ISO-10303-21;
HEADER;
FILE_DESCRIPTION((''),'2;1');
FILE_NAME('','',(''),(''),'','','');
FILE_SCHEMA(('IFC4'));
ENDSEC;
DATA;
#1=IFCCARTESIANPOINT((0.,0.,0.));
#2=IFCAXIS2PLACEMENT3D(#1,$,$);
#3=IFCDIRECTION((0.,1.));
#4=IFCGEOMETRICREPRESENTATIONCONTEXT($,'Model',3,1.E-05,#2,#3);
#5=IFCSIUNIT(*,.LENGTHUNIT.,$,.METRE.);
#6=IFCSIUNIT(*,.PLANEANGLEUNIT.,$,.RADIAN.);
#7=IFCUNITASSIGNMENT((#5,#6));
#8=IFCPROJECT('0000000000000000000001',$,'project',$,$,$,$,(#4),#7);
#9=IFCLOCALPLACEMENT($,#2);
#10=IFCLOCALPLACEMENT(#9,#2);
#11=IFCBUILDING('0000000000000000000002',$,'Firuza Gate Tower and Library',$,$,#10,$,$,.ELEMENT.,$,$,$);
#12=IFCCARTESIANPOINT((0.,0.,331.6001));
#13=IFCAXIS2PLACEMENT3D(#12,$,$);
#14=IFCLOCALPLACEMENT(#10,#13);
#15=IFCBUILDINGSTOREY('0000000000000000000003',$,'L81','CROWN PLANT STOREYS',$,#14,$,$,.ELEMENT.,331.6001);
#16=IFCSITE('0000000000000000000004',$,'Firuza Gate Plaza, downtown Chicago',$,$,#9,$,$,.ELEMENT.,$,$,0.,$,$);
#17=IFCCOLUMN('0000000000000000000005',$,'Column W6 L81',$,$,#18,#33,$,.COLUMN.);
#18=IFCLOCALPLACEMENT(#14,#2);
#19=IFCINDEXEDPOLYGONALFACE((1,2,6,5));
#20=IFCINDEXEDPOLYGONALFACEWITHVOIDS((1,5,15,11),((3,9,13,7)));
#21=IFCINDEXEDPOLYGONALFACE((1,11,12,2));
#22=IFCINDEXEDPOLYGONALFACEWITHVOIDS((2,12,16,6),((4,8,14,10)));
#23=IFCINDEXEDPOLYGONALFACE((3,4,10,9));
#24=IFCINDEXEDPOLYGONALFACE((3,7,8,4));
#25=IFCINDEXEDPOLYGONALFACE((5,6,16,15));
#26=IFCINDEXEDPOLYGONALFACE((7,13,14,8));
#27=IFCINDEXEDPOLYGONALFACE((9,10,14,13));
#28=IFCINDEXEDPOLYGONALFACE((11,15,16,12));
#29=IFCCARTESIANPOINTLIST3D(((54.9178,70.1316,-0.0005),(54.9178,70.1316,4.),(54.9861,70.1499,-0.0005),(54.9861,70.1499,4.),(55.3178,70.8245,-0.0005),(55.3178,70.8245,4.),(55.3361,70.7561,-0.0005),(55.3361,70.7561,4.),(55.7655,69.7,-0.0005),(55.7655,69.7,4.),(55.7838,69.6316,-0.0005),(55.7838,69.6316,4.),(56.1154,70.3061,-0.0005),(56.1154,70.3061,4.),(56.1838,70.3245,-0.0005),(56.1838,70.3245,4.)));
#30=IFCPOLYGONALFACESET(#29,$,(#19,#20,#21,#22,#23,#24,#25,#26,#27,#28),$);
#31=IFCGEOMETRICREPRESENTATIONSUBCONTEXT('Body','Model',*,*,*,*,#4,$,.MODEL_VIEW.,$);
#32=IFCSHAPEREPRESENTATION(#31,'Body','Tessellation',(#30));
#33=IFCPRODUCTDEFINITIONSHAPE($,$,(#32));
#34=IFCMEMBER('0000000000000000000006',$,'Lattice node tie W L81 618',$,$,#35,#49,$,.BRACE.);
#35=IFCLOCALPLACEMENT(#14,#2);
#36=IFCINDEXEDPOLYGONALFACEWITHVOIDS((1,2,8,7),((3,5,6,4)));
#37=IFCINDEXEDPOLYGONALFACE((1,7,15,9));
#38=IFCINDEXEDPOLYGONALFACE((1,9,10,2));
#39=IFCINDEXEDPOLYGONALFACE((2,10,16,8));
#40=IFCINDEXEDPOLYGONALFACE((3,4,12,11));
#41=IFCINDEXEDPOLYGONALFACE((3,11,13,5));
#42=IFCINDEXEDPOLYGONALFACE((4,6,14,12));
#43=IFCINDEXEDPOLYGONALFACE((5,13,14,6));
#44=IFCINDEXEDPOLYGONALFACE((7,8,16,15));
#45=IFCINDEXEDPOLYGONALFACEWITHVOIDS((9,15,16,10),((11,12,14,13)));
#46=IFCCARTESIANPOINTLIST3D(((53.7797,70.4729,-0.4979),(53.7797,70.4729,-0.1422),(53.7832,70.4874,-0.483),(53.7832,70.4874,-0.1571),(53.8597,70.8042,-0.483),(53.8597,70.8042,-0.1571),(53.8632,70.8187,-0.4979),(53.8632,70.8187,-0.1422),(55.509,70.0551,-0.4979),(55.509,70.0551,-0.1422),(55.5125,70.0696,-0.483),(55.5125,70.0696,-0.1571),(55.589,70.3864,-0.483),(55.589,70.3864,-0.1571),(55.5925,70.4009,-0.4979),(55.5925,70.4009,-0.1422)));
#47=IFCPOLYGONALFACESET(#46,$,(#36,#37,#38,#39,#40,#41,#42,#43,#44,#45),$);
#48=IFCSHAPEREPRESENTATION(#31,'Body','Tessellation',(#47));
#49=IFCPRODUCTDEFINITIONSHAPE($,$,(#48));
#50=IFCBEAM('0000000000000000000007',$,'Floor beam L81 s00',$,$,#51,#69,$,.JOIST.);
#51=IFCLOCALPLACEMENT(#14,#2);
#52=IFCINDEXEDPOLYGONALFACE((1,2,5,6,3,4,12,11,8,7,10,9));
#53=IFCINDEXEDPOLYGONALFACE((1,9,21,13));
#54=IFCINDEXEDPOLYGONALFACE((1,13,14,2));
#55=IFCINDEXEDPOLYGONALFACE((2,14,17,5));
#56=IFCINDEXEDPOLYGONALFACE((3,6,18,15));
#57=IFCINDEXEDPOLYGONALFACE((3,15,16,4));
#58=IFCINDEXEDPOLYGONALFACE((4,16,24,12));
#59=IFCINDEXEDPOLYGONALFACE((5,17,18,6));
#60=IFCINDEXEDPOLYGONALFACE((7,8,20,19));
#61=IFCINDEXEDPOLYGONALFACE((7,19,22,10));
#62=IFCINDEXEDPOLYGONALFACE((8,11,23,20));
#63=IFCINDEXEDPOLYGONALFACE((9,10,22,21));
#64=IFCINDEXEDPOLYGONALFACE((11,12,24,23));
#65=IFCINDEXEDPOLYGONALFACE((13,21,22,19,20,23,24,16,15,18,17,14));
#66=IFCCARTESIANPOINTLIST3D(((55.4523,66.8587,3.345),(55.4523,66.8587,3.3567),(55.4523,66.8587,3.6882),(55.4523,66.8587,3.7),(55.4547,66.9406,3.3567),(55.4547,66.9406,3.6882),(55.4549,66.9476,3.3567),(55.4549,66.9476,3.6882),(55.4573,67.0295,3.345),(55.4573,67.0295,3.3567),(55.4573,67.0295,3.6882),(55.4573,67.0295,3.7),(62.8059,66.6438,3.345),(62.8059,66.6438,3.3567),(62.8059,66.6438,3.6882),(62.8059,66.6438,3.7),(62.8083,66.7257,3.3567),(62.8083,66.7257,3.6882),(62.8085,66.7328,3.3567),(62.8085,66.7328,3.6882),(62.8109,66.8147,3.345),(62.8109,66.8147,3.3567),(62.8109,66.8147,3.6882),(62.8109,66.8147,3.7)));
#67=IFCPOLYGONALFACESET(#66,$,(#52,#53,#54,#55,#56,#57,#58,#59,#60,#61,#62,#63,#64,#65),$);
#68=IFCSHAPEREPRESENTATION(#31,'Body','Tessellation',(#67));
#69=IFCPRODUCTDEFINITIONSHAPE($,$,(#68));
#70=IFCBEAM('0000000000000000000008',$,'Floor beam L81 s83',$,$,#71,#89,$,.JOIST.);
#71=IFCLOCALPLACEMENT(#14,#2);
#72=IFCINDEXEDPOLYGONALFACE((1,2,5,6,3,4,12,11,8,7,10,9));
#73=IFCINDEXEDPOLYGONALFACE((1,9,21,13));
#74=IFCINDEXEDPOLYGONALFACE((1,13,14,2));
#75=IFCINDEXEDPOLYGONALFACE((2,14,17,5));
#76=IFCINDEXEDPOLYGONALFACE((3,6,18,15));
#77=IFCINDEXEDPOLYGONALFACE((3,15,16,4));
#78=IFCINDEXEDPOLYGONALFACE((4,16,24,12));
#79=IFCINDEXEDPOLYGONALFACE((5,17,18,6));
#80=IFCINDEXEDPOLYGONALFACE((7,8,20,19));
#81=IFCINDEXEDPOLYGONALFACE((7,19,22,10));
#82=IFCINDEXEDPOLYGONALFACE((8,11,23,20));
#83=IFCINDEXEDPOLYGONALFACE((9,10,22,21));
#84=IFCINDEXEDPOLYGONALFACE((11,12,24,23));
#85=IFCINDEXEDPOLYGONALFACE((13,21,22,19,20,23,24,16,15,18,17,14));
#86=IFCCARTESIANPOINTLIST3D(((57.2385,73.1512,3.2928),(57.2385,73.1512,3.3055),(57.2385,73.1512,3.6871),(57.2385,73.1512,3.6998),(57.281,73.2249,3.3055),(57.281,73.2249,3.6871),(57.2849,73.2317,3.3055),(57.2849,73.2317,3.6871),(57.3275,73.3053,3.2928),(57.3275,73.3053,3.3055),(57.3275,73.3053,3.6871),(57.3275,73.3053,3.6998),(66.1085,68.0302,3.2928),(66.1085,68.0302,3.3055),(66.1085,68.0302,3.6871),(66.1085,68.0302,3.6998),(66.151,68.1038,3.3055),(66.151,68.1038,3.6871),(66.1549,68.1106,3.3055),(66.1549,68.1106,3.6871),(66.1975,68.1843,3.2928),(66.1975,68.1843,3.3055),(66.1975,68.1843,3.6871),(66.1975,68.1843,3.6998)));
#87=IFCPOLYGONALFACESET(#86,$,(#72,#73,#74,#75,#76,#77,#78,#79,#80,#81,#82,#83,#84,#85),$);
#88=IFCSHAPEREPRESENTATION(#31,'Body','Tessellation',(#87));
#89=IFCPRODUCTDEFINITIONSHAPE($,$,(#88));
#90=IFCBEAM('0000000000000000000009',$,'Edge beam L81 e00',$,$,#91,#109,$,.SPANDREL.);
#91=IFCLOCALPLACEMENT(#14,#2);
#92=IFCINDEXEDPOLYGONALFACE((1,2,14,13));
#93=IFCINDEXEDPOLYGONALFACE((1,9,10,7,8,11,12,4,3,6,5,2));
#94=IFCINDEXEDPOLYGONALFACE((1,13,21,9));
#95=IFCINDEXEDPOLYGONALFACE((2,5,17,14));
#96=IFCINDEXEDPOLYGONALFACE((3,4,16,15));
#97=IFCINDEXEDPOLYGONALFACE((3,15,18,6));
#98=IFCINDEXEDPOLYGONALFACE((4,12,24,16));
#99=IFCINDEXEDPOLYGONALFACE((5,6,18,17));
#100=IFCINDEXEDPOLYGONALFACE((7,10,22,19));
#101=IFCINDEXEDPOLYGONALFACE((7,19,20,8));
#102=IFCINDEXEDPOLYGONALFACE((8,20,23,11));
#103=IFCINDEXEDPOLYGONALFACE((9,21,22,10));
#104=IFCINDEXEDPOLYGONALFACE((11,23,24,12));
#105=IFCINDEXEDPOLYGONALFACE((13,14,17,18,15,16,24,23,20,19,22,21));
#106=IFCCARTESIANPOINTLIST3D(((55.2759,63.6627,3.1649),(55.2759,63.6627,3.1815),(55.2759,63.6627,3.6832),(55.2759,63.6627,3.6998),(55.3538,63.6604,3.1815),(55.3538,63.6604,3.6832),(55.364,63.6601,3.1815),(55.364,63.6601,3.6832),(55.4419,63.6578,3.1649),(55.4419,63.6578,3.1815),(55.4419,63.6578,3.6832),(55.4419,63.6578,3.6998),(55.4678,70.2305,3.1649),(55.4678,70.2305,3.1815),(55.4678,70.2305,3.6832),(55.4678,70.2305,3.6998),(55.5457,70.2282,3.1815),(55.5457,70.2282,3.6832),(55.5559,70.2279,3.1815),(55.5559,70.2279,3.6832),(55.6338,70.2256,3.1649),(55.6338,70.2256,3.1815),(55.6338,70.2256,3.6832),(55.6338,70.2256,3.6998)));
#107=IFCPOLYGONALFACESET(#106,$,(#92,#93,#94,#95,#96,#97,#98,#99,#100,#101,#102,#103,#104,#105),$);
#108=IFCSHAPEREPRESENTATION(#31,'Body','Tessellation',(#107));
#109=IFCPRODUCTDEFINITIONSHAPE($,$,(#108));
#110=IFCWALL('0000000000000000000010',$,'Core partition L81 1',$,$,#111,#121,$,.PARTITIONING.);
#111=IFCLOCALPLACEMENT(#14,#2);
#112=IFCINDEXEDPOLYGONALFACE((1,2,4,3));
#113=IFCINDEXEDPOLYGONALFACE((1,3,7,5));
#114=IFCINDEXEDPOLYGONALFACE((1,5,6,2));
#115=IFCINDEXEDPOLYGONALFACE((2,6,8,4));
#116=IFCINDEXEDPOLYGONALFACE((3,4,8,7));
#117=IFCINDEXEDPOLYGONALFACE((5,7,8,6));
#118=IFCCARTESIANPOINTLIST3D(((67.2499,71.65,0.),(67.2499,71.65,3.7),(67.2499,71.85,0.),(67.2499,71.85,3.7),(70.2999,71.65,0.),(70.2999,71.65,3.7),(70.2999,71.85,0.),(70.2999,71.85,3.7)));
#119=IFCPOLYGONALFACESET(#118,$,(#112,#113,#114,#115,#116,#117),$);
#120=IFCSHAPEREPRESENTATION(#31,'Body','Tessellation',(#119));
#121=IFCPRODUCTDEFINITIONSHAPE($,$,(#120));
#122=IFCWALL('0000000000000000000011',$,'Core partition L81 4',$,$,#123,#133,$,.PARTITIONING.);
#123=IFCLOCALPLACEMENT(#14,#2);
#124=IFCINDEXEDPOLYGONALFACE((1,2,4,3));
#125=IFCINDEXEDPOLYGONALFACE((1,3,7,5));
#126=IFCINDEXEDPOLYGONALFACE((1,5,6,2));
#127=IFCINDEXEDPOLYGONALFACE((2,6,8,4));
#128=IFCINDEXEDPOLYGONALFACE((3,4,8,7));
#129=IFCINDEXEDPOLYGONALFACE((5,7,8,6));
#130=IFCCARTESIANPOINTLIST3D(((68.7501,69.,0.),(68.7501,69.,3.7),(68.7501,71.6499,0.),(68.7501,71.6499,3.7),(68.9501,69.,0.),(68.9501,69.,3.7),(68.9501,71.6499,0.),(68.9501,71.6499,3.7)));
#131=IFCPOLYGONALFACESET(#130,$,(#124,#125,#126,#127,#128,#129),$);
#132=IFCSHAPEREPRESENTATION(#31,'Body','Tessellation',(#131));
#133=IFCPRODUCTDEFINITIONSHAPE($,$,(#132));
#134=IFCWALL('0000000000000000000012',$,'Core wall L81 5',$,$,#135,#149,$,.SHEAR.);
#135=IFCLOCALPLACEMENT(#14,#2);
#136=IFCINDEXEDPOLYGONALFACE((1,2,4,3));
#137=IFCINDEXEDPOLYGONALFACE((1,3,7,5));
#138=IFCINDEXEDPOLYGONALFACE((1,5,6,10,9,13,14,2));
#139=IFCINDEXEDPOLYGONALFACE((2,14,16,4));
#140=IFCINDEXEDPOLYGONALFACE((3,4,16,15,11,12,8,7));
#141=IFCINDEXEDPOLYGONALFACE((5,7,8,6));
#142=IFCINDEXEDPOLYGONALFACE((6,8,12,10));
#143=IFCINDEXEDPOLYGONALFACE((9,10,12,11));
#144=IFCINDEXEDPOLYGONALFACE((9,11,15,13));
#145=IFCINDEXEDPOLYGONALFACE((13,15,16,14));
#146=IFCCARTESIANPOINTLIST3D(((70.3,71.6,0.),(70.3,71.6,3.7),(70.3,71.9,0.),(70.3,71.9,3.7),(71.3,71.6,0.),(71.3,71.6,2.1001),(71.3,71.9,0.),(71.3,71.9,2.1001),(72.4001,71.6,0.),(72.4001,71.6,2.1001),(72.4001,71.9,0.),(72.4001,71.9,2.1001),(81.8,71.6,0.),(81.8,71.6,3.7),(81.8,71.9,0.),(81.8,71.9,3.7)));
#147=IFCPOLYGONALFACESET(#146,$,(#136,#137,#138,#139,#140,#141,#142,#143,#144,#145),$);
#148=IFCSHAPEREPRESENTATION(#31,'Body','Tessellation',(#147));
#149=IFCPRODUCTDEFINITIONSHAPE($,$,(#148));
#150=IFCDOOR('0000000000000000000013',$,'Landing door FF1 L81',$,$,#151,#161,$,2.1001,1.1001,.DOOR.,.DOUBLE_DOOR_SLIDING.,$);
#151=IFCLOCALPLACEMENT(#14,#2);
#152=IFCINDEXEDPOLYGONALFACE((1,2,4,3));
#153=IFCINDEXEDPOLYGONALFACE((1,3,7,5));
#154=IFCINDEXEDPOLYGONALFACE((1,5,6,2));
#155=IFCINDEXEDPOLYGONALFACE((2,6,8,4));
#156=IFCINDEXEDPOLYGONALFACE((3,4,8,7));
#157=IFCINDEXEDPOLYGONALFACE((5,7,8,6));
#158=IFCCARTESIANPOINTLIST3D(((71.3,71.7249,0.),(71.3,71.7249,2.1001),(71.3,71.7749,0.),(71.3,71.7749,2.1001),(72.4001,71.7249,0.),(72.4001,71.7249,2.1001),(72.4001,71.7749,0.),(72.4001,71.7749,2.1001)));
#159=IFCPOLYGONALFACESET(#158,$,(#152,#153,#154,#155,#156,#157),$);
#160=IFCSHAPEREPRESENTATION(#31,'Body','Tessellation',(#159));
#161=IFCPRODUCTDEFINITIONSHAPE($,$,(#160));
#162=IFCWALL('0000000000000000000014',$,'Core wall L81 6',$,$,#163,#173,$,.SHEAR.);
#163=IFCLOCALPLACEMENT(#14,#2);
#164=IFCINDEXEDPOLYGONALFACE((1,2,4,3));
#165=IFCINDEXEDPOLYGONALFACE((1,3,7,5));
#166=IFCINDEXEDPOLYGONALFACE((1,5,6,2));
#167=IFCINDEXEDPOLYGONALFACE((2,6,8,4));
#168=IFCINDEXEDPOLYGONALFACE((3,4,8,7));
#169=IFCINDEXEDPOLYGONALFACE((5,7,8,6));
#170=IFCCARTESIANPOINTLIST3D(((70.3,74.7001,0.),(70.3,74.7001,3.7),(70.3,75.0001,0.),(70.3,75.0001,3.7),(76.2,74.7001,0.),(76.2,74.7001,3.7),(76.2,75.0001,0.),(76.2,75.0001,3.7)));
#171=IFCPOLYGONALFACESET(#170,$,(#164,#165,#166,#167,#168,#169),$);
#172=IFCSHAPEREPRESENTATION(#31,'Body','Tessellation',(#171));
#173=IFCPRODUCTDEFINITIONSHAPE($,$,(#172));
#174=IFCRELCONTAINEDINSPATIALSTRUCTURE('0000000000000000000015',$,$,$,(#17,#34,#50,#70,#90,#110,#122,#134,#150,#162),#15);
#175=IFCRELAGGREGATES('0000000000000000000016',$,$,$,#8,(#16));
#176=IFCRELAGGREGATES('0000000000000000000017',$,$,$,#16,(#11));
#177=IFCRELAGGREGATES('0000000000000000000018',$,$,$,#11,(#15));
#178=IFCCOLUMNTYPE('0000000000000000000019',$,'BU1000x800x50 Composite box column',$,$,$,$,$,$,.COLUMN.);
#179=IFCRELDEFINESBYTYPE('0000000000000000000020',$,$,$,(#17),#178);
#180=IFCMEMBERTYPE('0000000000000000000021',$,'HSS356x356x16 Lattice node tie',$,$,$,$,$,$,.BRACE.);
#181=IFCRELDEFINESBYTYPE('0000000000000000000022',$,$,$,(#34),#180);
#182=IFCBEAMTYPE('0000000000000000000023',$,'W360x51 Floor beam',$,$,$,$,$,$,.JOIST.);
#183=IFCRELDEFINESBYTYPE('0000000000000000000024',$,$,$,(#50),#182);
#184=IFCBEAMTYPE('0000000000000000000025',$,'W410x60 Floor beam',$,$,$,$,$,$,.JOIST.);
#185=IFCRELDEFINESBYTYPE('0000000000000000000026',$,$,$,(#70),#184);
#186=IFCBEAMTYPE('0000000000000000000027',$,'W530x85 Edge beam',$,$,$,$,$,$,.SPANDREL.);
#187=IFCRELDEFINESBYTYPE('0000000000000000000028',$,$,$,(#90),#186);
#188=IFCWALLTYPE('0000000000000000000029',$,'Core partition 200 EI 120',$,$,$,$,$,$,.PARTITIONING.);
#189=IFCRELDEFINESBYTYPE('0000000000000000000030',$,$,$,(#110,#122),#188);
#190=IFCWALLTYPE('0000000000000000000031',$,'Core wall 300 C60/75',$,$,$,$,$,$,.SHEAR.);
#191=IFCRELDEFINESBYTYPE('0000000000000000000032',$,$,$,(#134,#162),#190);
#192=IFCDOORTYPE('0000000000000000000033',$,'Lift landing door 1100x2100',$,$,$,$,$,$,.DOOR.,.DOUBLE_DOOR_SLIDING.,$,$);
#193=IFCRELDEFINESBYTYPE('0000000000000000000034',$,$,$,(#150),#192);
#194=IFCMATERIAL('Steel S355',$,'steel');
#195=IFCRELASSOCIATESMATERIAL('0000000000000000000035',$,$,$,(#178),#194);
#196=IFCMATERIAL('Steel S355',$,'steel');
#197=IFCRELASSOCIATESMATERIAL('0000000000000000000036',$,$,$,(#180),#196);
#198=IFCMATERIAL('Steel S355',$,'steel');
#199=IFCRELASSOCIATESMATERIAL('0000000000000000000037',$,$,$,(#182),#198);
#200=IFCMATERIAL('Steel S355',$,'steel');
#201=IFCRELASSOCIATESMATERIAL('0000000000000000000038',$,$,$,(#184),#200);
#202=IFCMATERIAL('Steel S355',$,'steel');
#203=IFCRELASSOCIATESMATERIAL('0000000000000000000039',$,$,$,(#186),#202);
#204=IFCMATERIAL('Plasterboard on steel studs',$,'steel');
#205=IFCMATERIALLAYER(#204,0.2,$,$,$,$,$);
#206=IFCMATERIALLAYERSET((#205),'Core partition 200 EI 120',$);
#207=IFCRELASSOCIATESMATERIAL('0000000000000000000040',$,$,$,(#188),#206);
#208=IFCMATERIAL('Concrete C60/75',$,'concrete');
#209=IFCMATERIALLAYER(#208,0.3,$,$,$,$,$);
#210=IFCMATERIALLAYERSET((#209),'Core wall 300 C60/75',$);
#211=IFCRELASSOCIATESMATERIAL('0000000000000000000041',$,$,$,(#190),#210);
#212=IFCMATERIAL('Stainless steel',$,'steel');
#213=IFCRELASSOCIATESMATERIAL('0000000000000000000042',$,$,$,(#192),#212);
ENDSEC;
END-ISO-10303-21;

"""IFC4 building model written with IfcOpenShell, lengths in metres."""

from ifc_helpers import new_model, si_unit, direction, frame, frame_2d, origin, origin_2d, place, context, subcontext, project, spatial, rectangle, hollow_rectangle, i_section, extrude, material, layer, layer_set, material_profile, profile_set, type_object, element, fill, save


model = new_model("IFC4")

# Units and contexts
model_context = context("Model", 3, precision=1e-05, world=origin(), true_north=direction((0.0, 1.0)))
body_context = subcontext(model_context, "Body", "Model", "MODEL_VIEW")
ifc_project = project(units=[si_unit("LENGTHUNIT", "METRE"), si_unit("PLANEANGLEUNIT", "RADIAN")], contexts=[model_context])

# Site, building, storey
site_placement = place(None, origin())
site = spatial("IfcSite", under=ifc_project, at=site_placement, Name="Firuza Gate Plaza, downtown Chicago", CompositionType="ELEMENT", RefElevation=0.0)
building_placement = place(site_placement, origin())
building = spatial("IfcBuilding", under=site, at=building_placement, Name="Firuza Gate Tower and Library", CompositionType="ELEMENT")
storey_placement = place(building_placement, frame((0.0, 0.0, 331.6001)))
storey = spatial("IfcBuildingStorey", under=building, at=storey_placement, Name="L81", Description="CROWN PLANT STOREYS", CompositionType="ELEMENT", Elevation=331.6001)

# Column
ifc_material_1 = material(Name="Steel S355", Category="steel")
ifc_material_profile_1 = material_profile(ifc_material_1, hollow_rectangle(XDim=0.8, YDim=1.0, WallThickness=0.05, at=origin_2d()))
ifc_profile_set_1 = profile_set([ifc_material_profile_1], Name="Steel S355")
column_type = type_object("IfcColumnType", Name="BU1000x800x50 Composite box column", PredefinedType="COLUMN", material=ifc_profile_set_1)
column_placement = place(storey_placement, frame((55.5508, 70.228, -0.0005), z_axis=(0.0, 0.0, 1.0), x_axis=(-0.5, -0.866025, 0.0)))
element("IfcColumn", 1, at=column_placement, inside=storey, type_object=column_type, Name="Column W6 L81", PredefinedType="COLUMN", context=body_context, shape_type="SweptSolid", body=[
    extrude(hollow_rectangle(XDim=0.8, YDim=1.0, WallThickness=0.05, at=origin_2d()), origin(), (0.0, 0.0, 1.0), 4.0005),
])

# Member
ifc_material_2 = material(Name="Steel S355", Category="steel")
ifc_material_profile_2 = material_profile(ifc_material_2, hollow_rectangle(XDim=0.3557, YDim=0.3557, WallThickness=0.0149, at=origin_2d()))
ifc_profile_set_2 = profile_set([ifc_material_profile_2], Name="Steel S355")
member_type = type_object("IfcMemberType", Name="HSS356x356x16 Lattice node tie", PredefinedType="BRACE", material=ifc_profile_set_2)
member_placement = place(storey_placement, frame((55.5508, 70.228, -0.3201), z_axis=(-0.972041, 0.23481, 0.0), x_axis=(-0.23481, -0.972041, 0.0)))
element("IfcMember", 2, at=member_placement, inside=storey, type_object=member_type, Name="Lattice node tie W L81 618", PredefinedType="BRACE", context=body_context, shape_type="SweptSolid", body=[
    extrude(hollow_rectangle(XDim=0.3557, YDim=0.3557, WallThickness=0.0149, at=origin_2d()), origin(), (0.0, 0.0, 1.0), 1.7791),
])

# Beams
ifc_material_3 = material(Name="Steel S355", Category="steel")
ifc_material_profile_3 = material_profile(ifc_material_3, i_section(OverallWidth=0.1709, OverallDepth=0.355, WebThickness=0.0071, FlangeThickness=0.0117, at=origin_2d()))
ifc_profile_set_3 = profile_set([ifc_material_profile_3], Name="Steel S355")
beam_type_1 = type_object("IfcBeamType", Name="W360x51 Floor beam", PredefinedType="JOIST", material=ifc_profile_set_3)
beam_1_placement = place(storey_placement, frame((55.4548, 66.9441, 3.5225), z_axis=(0.999573, -0.029204, 0.0), x_axis=(0.029204, 0.999573, 0.0)))
element("IfcBeam", 3, at=beam_1_placement, inside=storey, type_object=beam_type_1, Name="Floor beam L81 s00", PredefinedType="JOIST", context=body_context, shape_type="SweptSolid", body=[
    extrude(i_section(OverallWidth=0.1709, OverallDepth=0.355, WebThickness=0.0071, FlangeThickness=0.0117, at=origin_2d()), origin(), (0.0, 0.0, 1.0), 7.3567),
])
ifc_material_4 = material(Name="Steel S355", Category="steel")
ifc_material_profile_4 = material_profile(ifc_material_4, i_section(OverallWidth=0.178, OverallDepth=0.407, WebThickness=0.0078, FlangeThickness=0.0127, at=origin_2d()))
ifc_profile_set_4 = profile_set([ifc_material_profile_4], Name="Steel S355")
beam_type_2 = type_object("IfcBeamType", Name="W410x60 Floor beam", PredefinedType="JOIST", material=ifc_profile_set_4)
beam_2_placement = place(storey_placement, frame((57.283, 73.2283, 3.4963), z_axis=(0.866028, -0.499995, 0.0), x_axis=(0.499995, 0.866028, 0.0)))
element("IfcBeam", 4, at=beam_2_placement, inside=storey, type_object=beam_type_2, Name="Floor beam L81 s83", PredefinedType="JOIST", context=body_context, shape_type="SweptSolid", body=[
    extrude(i_section(OverallWidth=0.178, OverallDepth=0.407, WebThickness=0.0078, FlangeThickness=0.0127, at=origin_2d()), origin(), (0.0, 0.0, 1.0), 10.2422),
])
ifc_material_5 = material(Name="Steel S355", Category="steel")
ifc_material_profile_5 = material_profile(ifc_material_5, i_section(OverallWidth=0.166, OverallDepth=0.5349, WebThickness=0.0103, FlangeThickness=0.0166, at=origin_2d()))
ifc_profile_set_5 = profile_set([ifc_material_profile_5], Name="Steel S355")
beam_type_3 = type_object("IfcBeamType", Name="W530x85 Edge beam", PredefinedType="SPANDREL", material=ifc_profile_set_5)
beam_3_placement = place(storey_placement, frame((55.5508, 70.228, 3.4324), z_axis=(-0.029205, -0.999573, 0.0), x_axis=(0.999573, -0.029205, 0.0)))
element("IfcBeam", 5, at=beam_3_placement, inside=storey, type_object=beam_type_3, Name="Edge beam L81 e00", PredefinedType="SPANDREL", context=body_context, shape_type="SweptSolid", body=[
    extrude(i_section(OverallWidth=0.166, OverallDepth=0.5349, WebThickness=0.0103, FlangeThickness=0.0166, at=origin_2d()), origin(), (0.0, 0.0, 1.0), 6.5706),
])

# Walls
ifc_material_6 = material(Name="Plasterboard on steel studs", Category="steel")
ifc_layer_1 = layer(ifc_material_6, 0.2)
ifc_layer_set_1 = layer_set([ifc_layer_1], Name="Core partition 200 EI 120")
wall_type_1 = type_object("IfcWallType", Name="Core partition 200 EI 120", PredefinedType="PARTITIONING", material=ifc_layer_set_1)
wall_1_placement = place(storey_placement, frame((67.25, 71.75, 0.0), z_axis=(0.0, 0.0, 1.0), x_axis=(1.0, 0.0, 0.0)))
element("IfcWall", 6, at=wall_1_placement, inside=storey, type_object=wall_type_1, Name="Core partition L81 1", PredefinedType="PARTITIONING", context=body_context, shape_type="SweptSolid", body=[
    extrude(rectangle(XDim=3.05, YDim=0.2, at=frame_2d((1.5249, 0.0))), origin(), (0.0, 0.0, 1.0), 3.7),
])
wall_2_placement = place(storey_placement, frame((68.8501, 69.0, 0.0), z_axis=(0.0, 0.0, 1.0), x_axis=(0.0, 1.0, 0.0)))
element("IfcWall", 7, at=wall_2_placement, inside=storey, type_object=wall_type_1, Name="Core partition L81 4", PredefinedType="PARTITIONING", context=body_context, shape_type="SweptSolid", body=[
    extrude(rectangle(XDim=2.6499, YDim=0.2, at=frame_2d((1.325, 0.0))), origin(), (0.0, 0.0, 1.0), 3.7),
])

# Wall, opening, door
ifc_material_7 = material(Name="Concrete C60/75", Category="concrete")
ifc_layer_2 = layer(ifc_material_7, 0.3)
ifc_layer_set_2 = layer_set([ifc_layer_2], Name="Core wall 300 C60/75")
wall_type_2 = type_object("IfcWallType", Name="Core wall 300 C60/75", PredefinedType="SHEAR", material=ifc_layer_set_2)
wall_3_placement = place(storey_placement, frame((70.3, 71.75, 0.0), z_axis=(0.0, 0.0, 1.0), x_axis=(1.0, 0.0, 0.0)))
wall_3 = element("IfcWall", 8, at=wall_3_placement, inside=storey, type_object=wall_type_2, Name="Core wall L81 5", PredefinedType="SHEAR", context=body_context, shape_type="SweptSolid", body=[
    extrude(rectangle(XDim=11.5, YDim=0.3, at=frame_2d((5.75, 0.0))), origin(), (0.0, 0.0, 1.0), 3.7),
])
opening_1_placement = place(wall_3_placement, frame((1.0, 0.0, 0.0)))
opening_1 = element("IfcOpeningElement", 9, at=opening_1_placement, cuts=wall_3, PredefinedType="OPENING", context=body_context, shape_type="SweptSolid", body=[
    extrude(rectangle(XDim=1.1001, YDim=2.1001, at=frame_2d((0.55, 1.05))), frame((0.0, 0.1602, 0.0), z_axis=(0.0, -1.0, 0.0), x_axis=(1.0, 0.0, 0.0)), (0.0, 0.0, 1.0), 0.3201),
])
ifc_material_8 = material(Name="Stainless steel", Category="steel")
door_type_1 = type_object("IfcDoorType", Name="Lift landing door 1100x2100", OperationType="DOUBLE_DOOR_SLIDING", PredefinedType="DOOR", material=ifc_material_8)
door_1_placement = place(opening_1_placement, origin())
door_1 = element("IfcDoor", 10, at=door_1_placement, inside=storey, type_object=door_type_1, Name="Landing door FF1 L81", OperationType="DOUBLE_DOOR_SLIDING", OverallHeight=2.1001, OverallWidth=1.1001, PredefinedType="DOOR", context=body_context, shape_type="SweptSolid", body=[
    extrude(rectangle(XDim=1.1001, YDim=2.1001, at=frame_2d((0.55, 1.05))), frame((0.0, 0.0249, 0.0), z_axis=(0.0, -1.0, 0.0), x_axis=(1.0, 0.0, 0.0)), (0.0, 0.0, 1.0), 0.05),
])
fill(opening_1, door_1)

# Wall
wall_4_placement = place(storey_placement, frame((70.3, 74.8501, 0.0), z_axis=(0.0, 0.0, 1.0), x_axis=(1.0, 0.0, 0.0)))
element("IfcWall", 11, at=wall_4_placement, inside=storey, type_object=wall_type_2, Name="Core wall L81 6", PredefinedType="SHEAR", context=body_context, shape_type="SweptSolid", body=[
    extrude(rectangle(XDim=5.8999, YDim=0.3, at=frame_2d((2.95, 0.0))), origin(), (0.0, 0.0, 1.0), 3.7),
])

save(model, "model.ifc")
